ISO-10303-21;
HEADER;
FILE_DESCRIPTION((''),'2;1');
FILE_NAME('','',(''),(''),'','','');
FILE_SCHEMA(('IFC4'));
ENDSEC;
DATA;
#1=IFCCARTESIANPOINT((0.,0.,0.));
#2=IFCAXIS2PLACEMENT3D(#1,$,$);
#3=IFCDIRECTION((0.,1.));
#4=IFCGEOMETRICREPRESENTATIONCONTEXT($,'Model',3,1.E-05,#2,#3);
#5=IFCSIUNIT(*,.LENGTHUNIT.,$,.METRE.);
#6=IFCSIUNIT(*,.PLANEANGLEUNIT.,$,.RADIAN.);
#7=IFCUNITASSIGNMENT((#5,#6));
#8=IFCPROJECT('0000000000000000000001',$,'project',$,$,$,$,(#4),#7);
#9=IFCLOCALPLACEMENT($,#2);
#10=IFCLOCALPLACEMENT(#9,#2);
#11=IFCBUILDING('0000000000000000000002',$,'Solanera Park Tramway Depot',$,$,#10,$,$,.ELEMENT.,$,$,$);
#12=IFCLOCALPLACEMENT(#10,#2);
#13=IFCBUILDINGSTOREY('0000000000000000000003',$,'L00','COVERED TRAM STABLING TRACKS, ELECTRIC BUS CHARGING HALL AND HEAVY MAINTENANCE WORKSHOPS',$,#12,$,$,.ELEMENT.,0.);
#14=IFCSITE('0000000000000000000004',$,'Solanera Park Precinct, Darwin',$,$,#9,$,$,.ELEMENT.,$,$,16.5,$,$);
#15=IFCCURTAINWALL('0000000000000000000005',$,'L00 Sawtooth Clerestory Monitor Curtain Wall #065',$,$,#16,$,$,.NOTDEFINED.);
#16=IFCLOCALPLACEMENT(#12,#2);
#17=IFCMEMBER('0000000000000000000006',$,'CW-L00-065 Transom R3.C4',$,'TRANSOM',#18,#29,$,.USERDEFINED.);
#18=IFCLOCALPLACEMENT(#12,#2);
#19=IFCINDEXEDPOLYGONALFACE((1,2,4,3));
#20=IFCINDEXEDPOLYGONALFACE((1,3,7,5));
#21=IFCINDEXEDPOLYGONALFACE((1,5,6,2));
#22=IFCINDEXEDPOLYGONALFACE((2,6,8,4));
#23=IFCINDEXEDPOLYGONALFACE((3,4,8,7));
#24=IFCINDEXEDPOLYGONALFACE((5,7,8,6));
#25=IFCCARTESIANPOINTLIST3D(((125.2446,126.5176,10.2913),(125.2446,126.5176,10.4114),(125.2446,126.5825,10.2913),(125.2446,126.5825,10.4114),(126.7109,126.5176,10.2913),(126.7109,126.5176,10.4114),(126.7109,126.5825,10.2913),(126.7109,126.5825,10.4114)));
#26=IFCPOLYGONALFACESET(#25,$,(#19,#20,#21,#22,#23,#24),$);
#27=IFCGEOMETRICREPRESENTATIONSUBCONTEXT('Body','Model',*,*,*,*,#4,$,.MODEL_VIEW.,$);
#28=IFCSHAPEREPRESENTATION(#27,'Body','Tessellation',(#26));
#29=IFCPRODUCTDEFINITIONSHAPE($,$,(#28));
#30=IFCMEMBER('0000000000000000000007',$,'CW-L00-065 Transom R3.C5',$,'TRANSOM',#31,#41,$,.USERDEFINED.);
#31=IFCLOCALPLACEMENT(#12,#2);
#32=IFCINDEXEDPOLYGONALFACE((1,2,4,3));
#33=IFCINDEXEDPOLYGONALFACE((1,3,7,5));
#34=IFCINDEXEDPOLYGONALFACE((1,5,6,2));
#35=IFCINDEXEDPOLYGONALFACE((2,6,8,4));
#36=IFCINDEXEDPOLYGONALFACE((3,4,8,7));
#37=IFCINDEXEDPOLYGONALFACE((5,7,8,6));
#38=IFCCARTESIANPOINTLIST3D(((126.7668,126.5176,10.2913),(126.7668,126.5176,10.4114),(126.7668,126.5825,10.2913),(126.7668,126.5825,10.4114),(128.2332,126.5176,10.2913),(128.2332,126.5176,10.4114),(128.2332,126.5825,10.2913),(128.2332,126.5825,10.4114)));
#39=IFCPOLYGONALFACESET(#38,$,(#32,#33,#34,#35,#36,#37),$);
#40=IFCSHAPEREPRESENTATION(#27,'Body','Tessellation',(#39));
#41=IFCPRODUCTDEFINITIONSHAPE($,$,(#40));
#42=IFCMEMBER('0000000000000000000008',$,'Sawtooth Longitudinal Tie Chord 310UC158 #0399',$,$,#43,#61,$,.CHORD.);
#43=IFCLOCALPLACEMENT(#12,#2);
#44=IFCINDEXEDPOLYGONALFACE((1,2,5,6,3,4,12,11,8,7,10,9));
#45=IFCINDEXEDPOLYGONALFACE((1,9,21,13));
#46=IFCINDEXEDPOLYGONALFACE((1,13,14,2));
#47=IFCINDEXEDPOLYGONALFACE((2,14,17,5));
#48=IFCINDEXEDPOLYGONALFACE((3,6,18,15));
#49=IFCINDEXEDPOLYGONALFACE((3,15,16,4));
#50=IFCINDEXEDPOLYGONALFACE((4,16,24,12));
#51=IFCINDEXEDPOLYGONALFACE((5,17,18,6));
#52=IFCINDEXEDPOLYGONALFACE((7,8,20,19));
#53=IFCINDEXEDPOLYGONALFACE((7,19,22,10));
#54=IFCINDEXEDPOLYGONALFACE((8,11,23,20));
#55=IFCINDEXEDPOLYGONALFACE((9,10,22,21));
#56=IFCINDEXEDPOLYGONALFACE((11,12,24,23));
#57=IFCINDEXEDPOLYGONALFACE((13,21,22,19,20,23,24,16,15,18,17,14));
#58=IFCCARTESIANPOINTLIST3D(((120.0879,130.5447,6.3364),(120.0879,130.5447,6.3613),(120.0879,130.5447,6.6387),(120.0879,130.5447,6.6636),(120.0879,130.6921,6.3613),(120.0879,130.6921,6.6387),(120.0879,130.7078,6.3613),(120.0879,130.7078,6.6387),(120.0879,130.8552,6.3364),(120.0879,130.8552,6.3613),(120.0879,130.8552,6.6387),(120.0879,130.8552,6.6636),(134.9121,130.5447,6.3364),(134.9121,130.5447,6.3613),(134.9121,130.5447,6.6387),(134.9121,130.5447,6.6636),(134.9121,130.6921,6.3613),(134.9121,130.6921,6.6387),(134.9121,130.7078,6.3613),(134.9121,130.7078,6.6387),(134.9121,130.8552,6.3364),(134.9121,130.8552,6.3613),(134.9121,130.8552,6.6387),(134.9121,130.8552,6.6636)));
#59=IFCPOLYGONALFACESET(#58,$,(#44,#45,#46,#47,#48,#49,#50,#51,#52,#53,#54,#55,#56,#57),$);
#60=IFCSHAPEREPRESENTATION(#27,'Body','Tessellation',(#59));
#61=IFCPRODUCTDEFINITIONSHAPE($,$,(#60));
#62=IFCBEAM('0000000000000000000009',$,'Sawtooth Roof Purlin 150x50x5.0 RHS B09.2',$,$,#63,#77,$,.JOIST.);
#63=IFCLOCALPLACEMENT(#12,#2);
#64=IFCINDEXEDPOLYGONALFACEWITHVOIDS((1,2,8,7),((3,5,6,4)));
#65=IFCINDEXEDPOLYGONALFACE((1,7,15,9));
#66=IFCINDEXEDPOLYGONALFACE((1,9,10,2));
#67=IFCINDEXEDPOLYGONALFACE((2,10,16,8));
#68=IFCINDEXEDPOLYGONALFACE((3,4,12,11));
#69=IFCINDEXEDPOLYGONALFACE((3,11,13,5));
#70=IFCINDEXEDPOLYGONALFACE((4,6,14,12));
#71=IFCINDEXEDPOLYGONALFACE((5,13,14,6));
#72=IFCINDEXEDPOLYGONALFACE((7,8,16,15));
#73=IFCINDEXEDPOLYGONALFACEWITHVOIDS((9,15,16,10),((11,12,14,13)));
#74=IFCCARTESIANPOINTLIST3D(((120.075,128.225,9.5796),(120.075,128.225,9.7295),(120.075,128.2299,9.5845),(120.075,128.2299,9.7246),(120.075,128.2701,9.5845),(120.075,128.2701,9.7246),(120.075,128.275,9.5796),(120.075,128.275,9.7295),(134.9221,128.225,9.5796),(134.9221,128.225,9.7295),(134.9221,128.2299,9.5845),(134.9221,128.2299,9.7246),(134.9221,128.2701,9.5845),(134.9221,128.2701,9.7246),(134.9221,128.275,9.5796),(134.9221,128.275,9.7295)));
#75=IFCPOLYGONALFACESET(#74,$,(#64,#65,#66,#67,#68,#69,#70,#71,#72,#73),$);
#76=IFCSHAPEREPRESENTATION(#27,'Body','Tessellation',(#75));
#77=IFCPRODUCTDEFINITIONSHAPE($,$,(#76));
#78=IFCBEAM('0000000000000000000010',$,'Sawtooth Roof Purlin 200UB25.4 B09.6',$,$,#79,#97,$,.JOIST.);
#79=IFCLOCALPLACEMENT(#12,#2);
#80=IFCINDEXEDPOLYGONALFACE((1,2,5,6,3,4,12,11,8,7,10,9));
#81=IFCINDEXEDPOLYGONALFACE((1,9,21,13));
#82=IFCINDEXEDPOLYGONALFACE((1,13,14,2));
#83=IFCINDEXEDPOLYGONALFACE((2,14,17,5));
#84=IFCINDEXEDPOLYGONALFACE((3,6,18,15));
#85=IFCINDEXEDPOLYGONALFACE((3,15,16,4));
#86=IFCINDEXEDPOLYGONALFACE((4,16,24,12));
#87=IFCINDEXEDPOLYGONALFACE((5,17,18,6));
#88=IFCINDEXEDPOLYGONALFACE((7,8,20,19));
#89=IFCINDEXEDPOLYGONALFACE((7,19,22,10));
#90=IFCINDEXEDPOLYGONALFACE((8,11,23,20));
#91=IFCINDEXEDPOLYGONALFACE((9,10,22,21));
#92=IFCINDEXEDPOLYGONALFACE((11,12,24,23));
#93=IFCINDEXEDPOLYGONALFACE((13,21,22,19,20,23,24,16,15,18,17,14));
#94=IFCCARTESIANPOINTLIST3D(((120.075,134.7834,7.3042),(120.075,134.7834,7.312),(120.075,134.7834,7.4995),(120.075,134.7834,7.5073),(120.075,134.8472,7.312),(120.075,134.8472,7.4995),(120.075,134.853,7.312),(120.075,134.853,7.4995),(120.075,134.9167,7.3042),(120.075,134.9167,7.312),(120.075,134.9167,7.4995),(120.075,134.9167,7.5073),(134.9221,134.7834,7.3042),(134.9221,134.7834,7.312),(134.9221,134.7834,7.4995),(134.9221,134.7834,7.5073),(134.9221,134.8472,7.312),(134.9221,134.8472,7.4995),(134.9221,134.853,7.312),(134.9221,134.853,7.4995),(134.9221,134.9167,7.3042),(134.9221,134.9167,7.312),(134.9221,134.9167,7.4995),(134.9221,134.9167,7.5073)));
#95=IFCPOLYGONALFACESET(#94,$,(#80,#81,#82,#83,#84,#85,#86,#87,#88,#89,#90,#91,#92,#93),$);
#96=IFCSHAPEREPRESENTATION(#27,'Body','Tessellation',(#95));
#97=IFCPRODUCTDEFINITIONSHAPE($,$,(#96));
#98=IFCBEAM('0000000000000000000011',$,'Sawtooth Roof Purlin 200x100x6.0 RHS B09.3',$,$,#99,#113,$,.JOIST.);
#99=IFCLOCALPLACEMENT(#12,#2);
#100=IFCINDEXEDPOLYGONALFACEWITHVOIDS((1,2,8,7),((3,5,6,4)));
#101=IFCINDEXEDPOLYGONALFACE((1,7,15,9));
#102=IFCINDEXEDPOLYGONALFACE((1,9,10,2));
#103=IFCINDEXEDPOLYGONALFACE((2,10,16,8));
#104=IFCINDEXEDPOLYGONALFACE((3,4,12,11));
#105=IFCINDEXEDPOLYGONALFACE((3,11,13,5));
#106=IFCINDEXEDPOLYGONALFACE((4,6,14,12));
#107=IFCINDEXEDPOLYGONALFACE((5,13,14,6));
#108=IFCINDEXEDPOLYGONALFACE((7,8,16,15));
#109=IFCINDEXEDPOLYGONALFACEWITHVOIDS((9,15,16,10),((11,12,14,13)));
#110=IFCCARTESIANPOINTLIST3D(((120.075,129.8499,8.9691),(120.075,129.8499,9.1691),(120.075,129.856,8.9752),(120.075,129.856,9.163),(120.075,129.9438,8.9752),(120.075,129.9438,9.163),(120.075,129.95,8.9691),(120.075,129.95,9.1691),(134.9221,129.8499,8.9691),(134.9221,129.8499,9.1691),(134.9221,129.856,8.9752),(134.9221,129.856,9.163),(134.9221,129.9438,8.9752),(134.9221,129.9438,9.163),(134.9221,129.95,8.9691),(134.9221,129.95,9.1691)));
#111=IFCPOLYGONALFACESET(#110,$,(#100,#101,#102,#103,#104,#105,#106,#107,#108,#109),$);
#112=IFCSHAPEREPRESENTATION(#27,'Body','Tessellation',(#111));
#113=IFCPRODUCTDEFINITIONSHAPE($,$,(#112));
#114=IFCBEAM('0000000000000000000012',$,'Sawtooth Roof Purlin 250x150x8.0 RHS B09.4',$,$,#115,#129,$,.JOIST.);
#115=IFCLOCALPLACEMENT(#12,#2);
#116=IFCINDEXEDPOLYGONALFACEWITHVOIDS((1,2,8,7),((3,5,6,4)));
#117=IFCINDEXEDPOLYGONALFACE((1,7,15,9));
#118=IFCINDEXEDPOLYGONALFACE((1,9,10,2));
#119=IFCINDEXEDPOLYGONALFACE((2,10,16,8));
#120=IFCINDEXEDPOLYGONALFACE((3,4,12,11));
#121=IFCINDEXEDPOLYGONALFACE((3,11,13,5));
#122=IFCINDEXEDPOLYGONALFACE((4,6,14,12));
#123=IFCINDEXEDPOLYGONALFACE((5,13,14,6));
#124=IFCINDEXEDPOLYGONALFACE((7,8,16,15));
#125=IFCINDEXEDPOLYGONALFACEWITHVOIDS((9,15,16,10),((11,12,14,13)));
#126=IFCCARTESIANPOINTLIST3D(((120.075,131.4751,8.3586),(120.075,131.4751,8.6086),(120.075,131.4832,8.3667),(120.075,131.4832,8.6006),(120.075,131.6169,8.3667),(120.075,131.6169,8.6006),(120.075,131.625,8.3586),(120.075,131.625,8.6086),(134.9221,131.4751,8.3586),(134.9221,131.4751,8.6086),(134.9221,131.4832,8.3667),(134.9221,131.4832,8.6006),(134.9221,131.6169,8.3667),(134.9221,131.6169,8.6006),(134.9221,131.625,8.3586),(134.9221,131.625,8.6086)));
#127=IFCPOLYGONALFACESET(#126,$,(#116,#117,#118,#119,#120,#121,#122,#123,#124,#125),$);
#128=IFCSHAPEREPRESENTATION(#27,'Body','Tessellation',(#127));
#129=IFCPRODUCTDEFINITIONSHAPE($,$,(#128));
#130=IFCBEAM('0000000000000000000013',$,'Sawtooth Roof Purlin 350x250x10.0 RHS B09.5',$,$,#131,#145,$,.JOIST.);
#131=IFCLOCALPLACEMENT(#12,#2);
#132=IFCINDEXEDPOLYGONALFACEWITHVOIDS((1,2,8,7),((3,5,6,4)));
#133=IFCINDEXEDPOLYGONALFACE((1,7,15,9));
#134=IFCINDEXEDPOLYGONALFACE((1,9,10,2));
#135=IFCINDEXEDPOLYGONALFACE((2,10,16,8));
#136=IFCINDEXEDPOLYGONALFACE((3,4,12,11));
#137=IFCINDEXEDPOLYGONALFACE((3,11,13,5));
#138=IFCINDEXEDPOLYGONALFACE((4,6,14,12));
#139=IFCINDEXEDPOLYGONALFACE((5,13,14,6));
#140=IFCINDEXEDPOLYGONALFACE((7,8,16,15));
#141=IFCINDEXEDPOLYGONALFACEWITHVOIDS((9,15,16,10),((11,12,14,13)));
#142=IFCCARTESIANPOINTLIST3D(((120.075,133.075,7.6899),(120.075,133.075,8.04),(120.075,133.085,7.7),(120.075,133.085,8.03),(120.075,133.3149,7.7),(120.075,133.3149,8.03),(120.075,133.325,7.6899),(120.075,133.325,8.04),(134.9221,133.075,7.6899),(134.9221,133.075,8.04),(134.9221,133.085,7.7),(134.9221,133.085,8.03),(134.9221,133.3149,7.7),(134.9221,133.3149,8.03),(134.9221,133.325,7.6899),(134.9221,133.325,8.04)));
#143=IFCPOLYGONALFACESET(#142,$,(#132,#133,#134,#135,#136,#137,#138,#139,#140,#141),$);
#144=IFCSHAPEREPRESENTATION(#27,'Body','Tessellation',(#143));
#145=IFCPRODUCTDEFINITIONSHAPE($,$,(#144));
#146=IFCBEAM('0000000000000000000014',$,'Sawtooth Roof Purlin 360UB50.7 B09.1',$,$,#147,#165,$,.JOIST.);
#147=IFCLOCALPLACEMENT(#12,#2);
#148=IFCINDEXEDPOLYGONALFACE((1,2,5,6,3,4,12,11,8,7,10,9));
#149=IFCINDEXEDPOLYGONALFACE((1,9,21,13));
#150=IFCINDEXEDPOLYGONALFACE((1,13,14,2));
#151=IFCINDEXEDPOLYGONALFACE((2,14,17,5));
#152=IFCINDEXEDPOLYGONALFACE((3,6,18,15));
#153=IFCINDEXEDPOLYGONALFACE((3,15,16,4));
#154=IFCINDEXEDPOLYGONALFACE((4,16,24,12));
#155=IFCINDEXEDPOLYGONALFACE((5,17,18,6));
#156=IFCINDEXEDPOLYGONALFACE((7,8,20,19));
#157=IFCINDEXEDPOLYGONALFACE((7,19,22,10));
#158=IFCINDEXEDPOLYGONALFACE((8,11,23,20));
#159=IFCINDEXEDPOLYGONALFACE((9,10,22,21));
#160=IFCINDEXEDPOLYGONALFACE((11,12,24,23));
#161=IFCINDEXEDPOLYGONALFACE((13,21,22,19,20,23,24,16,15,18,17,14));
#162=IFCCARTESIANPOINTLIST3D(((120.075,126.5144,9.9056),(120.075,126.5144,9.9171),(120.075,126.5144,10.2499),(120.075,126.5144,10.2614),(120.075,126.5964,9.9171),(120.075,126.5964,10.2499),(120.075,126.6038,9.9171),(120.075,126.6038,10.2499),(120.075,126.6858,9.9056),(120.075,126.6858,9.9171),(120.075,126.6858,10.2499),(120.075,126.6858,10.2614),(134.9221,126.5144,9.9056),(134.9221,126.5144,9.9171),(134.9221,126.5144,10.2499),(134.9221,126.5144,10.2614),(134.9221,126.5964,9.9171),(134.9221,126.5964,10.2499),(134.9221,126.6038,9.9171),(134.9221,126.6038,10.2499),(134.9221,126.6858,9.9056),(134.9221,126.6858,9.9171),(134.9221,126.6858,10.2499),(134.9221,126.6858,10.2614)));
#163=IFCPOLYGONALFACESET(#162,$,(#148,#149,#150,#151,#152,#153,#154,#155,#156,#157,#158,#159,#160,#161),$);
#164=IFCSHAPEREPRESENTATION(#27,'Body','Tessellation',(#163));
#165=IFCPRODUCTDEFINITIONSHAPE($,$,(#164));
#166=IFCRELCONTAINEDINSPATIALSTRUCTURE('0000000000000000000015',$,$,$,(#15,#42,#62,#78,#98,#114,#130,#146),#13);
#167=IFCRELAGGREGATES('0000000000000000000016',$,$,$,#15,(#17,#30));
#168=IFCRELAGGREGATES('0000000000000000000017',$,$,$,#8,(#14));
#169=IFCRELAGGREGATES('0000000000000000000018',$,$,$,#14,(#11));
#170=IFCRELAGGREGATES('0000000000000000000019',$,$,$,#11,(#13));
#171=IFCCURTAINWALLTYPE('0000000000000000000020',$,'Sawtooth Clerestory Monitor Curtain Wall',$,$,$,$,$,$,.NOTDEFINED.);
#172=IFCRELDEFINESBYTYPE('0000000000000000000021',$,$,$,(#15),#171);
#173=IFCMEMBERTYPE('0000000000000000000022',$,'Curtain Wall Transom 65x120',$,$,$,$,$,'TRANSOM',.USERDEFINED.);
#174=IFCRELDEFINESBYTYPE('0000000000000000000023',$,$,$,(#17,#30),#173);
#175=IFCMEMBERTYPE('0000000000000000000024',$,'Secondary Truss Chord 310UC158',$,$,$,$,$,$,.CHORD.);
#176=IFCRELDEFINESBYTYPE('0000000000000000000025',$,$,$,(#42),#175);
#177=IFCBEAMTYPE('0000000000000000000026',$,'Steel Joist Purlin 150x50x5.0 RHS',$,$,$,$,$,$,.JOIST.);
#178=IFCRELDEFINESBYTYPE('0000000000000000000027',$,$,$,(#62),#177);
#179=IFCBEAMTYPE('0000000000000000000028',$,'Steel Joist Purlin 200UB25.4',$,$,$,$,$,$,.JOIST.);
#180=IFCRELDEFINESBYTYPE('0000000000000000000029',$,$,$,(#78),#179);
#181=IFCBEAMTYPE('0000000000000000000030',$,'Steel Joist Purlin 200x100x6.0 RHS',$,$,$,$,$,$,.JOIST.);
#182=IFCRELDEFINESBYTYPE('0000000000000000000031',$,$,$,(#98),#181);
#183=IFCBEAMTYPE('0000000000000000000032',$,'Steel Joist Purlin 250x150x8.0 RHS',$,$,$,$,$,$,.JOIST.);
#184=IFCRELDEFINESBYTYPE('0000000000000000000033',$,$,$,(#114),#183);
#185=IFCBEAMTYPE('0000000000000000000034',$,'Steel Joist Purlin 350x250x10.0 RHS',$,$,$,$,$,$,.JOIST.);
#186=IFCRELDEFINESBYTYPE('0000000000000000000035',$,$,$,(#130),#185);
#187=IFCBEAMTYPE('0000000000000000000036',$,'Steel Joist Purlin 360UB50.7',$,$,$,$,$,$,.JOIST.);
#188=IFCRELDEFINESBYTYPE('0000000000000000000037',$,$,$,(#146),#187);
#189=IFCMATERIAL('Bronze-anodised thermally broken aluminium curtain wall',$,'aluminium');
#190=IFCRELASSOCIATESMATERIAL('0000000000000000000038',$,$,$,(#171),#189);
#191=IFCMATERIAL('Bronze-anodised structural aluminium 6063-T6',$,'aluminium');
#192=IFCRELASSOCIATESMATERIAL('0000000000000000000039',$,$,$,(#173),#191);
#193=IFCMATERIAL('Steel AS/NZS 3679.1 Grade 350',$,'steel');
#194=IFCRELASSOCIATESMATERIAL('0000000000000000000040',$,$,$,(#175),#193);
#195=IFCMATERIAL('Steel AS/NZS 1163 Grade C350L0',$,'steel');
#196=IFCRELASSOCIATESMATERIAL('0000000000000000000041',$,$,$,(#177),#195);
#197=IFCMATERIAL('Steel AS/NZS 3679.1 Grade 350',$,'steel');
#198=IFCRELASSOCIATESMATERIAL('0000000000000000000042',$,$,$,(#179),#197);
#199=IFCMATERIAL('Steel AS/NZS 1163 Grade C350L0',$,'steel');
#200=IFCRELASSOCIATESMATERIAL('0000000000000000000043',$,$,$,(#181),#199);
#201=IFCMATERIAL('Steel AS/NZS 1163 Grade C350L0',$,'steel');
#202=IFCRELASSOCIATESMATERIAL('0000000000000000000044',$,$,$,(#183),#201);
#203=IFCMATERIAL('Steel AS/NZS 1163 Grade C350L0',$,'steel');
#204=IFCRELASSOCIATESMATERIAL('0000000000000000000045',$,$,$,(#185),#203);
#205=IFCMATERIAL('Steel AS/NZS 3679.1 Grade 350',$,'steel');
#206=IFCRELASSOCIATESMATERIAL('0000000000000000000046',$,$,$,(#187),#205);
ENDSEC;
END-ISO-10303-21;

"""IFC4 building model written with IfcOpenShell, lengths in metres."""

from ifc_helpers import new_model, si_unit, direction, frame, origin, origin_2d, place, context, subcontext, project, spatial, rectangle, hollow_rectangle, i_section, extrude, material, material_profile, profile_set, type_object, element, aggregate, save


model = new_model("IFC4")

# Units and contexts
model_context = context("Model", 3, precision=1e-05, world=origin(), true_north=direction((0.0, 1.0)))
body_context = subcontext(model_context, "Body", "Model", "MODEL_VIEW")
ifc_project = project(units=[si_unit("LENGTHUNIT", "METRE"), si_unit("PLANEANGLEUNIT", "RADIAN")], contexts=[model_context])

# Site, building, storey
site_placement = place(None, origin())
site = spatial("IfcSite", under=ifc_project, at=site_placement, Name="Solanera Park Precinct, Darwin", CompositionType="ELEMENT", RefElevation=16.5)
building_placement = place(site_placement, origin())
building = spatial("IfcBuilding", under=site, at=building_placement, Name="Solanera Park Tramway Depot", CompositionType="ELEMENT")
storey_placement = place(building_placement, origin())
storey = spatial("IfcBuildingStorey", under=building, at=storey_placement, Name="L00", Description="COVERED TRAM STABLING TRACKS, ELECTRIC BUS CHARGING HALL AND HEAVY MAINTENANCE WORKSHOPS", CompositionType="ELEMENT", Elevation=0.0)

# Curtain wall, members
ifc_material_1 = material(Name="Bronze-anodised thermally broken aluminium curtain wall", Category="aluminium")
curtain_wall_type = type_object("IfcCurtainWallType", Name="Sawtooth Clerestory Monitor Curtain Wall", PredefinedType="NOTDEFINED", material=ifc_material_1)
curtain_wall_placement = place(storey_placement, origin())
curtain_wall = element("IfcCurtainWall", 1, at=curtain_wall_placement, inside=storey, type_object=curtain_wall_type, Name="L00 Sawtooth Clerestory Monitor Curtain Wall #065", PredefinedType="NOTDEFINED")
ifc_material_2 = material(Name="Bronze-anodised structural aluminium 6063-T6", Category="aluminium")
ifc_material_profile_1 = material_profile(ifc_material_2, rectangle(XDim=0.0649, YDim=0.1201, at=origin_2d()), Name="Curtain Wall Transom 65x120")
ifc_profile_set_1 = profile_set([ifc_material_profile_1], Name="Bronze-anodised structural aluminium 6063-T6")
member_type_1 = type_object("IfcMemberType", Name="Curtain Wall Transom 65x120", ElementType="TRANSOM", PredefinedType="USERDEFINED", material=ifc_profile_set_1)
member_1_placement = place(storey_placement, frame((125.2446, 126.55, 10.3513), z_axis=(1.0, 0.0, 0.0), x_axis=(0.0, 1.0, 0.0)))
member_1 = element("IfcMember", 2, at=member_1_placement, type_object=member_type_1, Name="CW-L00-065 Transom R3.C4", ObjectType="TRANSOM", PredefinedType="USERDEFINED", context=body_context, shape_type="SweptSolid", body=[
    extrude(rectangle(XDim=0.0649, YDim=0.1201, at=origin_2d()), origin(), (0.0, 0.0, 1.0), 1.4663),
])
member_2_placement = place(storey_placement, frame((126.7668, 126.55, 10.3513), z_axis=(1.0, 0.0, 0.0), x_axis=(0.0, 1.0, 0.0)))
member_2 = element("IfcMember", 3, at=member_2_placement, type_object=member_type_1, Name="CW-L00-065 Transom R3.C5", ObjectType="TRANSOM", PredefinedType="USERDEFINED", context=body_context, shape_type="SweptSolid", body=[
    extrude(rectangle(XDim=0.0649, YDim=0.1201, at=origin_2d()), origin(), (0.0, 0.0, 1.0), 1.4663),
])

# Member
ifc_material_3 = material(Name="Steel AS/NZS 3679.1 Grade 350", Category="steel")
ifc_material_profile_2 = material_profile(ifc_material_3, i_section(OverallWidth=0.3105, OverallDepth=0.3271, WebThickness=0.0156, FlangeThickness=0.0249, at=origin_2d()), Name="310UC158")
ifc_profile_set_2 = profile_set([ifc_material_profile_2], Name="Steel AS/NZS 3679.1 Grade 350")
member_type_2 = type_object("IfcMemberType", Name="Secondary Truss Chord 310UC158", PredefinedType="CHORD", material=ifc_profile_set_2)
member_3_placement = place(storey_placement, frame((120.0879, 130.7, 6.5), z_axis=(1.0, 0.0, 0.0), x_axis=(0.0, 1.0, 0.0)))
element("IfcMember", 4, at=member_3_placement, inside=storey, type_object=member_type_2, Name="Sawtooth Longitudinal Tie Chord 310UC158 #0399", PredefinedType="CHORD", context=body_context, shape_type="SweptSolid", body=[
    extrude(i_section(OverallWidth=0.3105, OverallDepth=0.3271, WebThickness=0.0156, FlangeThickness=0.0249, at=origin_2d()), origin(), (0.0, 0.0, 1.0), 14.8242),
])

# Beams
ifc_material_4 = material(Name="Steel AS/NZS 1163 Grade C350L0", Category="steel")
ifc_material_profile_3 = material_profile(ifc_material_4, hollow_rectangle(XDim=0.05, YDim=0.1499, WallThickness=0.0049, at=origin_2d()), Name="150x50x5.0 RHS")
ifc_profile_set_3 = profile_set([ifc_material_profile_3], Name="Steel AS/NZS 1163 Grade C350L0")
beam_type_1 = type_object("IfcBeamType", Name="Steel Joist Purlin 150x50x5.0 RHS", PredefinedType="JOIST", material=ifc_profile_set_3)
beam_1_placement = place(storey_placement, frame((120.075, 128.25, 9.6545), z_axis=(1.0, 0.0, 0.0), x_axis=(0.0, 1.0, 0.0)))
element("IfcBeam", 5, at=beam_1_placement, inside=storey, type_object=beam_type_1, Name="Sawtooth Roof Purlin 150x50x5.0 RHS B09.2", PredefinedType="JOIST", context=body_context, shape_type="SweptSolid", body=[
    extrude(hollow_rectangle(XDim=0.05, YDim=0.1499, WallThickness=0.0049, at=origin_2d()), origin(), (0.0, 0.0, 1.0), 14.8472),
])
ifc_material_5 = material(Name="Steel AS/NZS 3679.1 Grade 350", Category="steel")
ifc_material_profile_4 = material_profile(ifc_material_5, i_section(OverallWidth=0.1333, OverallDepth=0.2031, WebThickness=0.0059, FlangeThickness=0.0078, at=origin_2d()), Name="200UB25.4")
ifc_profile_set_4 = profile_set([ifc_material_profile_4], Name="Steel AS/NZS 3679.1 Grade 350")
beam_type_2 = type_object("IfcBeamType", Name="Steel Joist Purlin 200UB25.4", PredefinedType="JOIST", material=ifc_profile_set_4)
beam_2_placement = place(storey_placement, frame((120.075, 134.8501, 7.4058), z_axis=(1.0, 0.0, 0.0), x_axis=(0.0, 1.0, 0.0)))
element("IfcBeam", 6, at=beam_2_placement, inside=storey, type_object=beam_type_2, Name="Sawtooth Roof Purlin 200UB25.4 B09.6", PredefinedType="JOIST", context=body_context, shape_type="SweptSolid", body=[
    extrude(i_section(OverallWidth=0.1333, OverallDepth=0.2031, WebThickness=0.0059, FlangeThickness=0.0078, at=origin_2d()), origin(), (0.0, 0.0, 1.0), 14.8472),
])
ifc_material_6 = material(Name="Steel AS/NZS 1163 Grade C350L0", Category="steel")
ifc_material_profile_5 = material_profile(ifc_material_6, hollow_rectangle(XDim=0.1001, YDim=0.2, WallThickness=0.0061, at=origin_2d()), Name="200x100x6.0 RHS")
ifc_profile_set_5 = profile_set([ifc_material_profile_5], Name="Steel AS/NZS 1163 Grade C350L0")
beam_type_3 = type_object("IfcBeamType", Name="Steel Joist Purlin 200x100x6.0 RHS", PredefinedType="JOIST", material=ifc_profile_set_5)
beam_3_placement = place(storey_placement, frame((120.075, 129.8999, 9.0691), z_axis=(1.0, 0.0, 0.0), x_axis=(0.0, 1.0, 0.0)))
element("IfcBeam", 7, at=beam_3_placement, inside=storey, type_object=beam_type_3, Name="Sawtooth Roof Purlin 200x100x6.0 RHS B09.3", PredefinedType="JOIST", context=body_context, shape_type="SweptSolid", body=[
    extrude(hollow_rectangle(XDim=0.1001, YDim=0.2, WallThickness=0.0061, at=origin_2d()), origin(), (0.0, 0.0, 1.0), 14.8472),
])
ifc_material_7 = material(Name="Steel AS/NZS 1163 Grade C350L0", Category="steel")
ifc_material_profile_6 = material_profile(ifc_material_7, hollow_rectangle(XDim=0.1499, YDim=0.25, WallThickness=0.0081, at=origin_2d()), Name="250x150x8.0 RHS")
ifc_profile_set_6 = profile_set([ifc_material_profile_6], Name="Steel AS/NZS 1163 Grade C350L0")
beam_type_4 = type_object("IfcBeamType", Name="Steel Joist Purlin 250x150x8.0 RHS", PredefinedType="JOIST", material=ifc_profile_set_6)
beam_4_placement = place(storey_placement, frame((120.075, 131.55, 8.4836), z_axis=(1.0, 0.0, 0.0), x_axis=(0.0, 1.0, 0.0)))
element("IfcBeam", 8, at=beam_4_placement, inside=storey, type_object=beam_type_4, Name="Sawtooth Roof Purlin 250x150x8.0 RHS B09.4", PredefinedType="JOIST", context=body_context, shape_type="SweptSolid", body=[
    extrude(hollow_rectangle(XDim=0.1499, YDim=0.25, WallThickness=0.0081, at=origin_2d()), origin(), (0.0, 0.0, 1.0), 14.8472),
])
ifc_material_8 = material(Name="Steel AS/NZS 1163 Grade C350L0", Category="steel")
ifc_material_profile_7 = material_profile(ifc_material_8, hollow_rectangle(XDim=0.25, YDim=0.3501, WallThickness=0.01, at=origin_2d()), Name="350x250x10.0 RHS")
ifc_profile_set_7 = profile_set([ifc_material_profile_7], Name="Steel AS/NZS 1163 Grade C350L0")
beam_type_5 = type_object("IfcBeamType", Name="Steel Joist Purlin 350x250x10.0 RHS", PredefinedType="JOIST", material=ifc_profile_set_7)
beam_5_placement = place(storey_placement, frame((120.075, 133.2, 7.865), z_axis=(1.0, 0.0, 0.0), x_axis=(0.0, 1.0, 0.0)))
element("IfcBeam", 9, at=beam_5_placement, inside=storey, type_object=beam_type_5, Name="Sawtooth Roof Purlin 350x250x10.0 RHS B09.5", PredefinedType="JOIST", context=body_context, shape_type="SweptSolid", body=[
    extrude(hollow_rectangle(XDim=0.25, YDim=0.3501, WallThickness=0.01, at=origin_2d()), origin(), (0.0, 0.0, 1.0), 14.8472),
])
ifc_material_9 = material(Name="Steel AS/NZS 3679.1 Grade 350", Category="steel")
ifc_material_profile_8 = material_profile(ifc_material_9, i_section(OverallWidth=0.1714, OverallDepth=0.3557, WebThickness=0.0073, FlangeThickness=0.0115, at=origin_2d()), Name="360UB50.7")
ifc_profile_set_8 = profile_set([ifc_material_profile_8], Name="Steel AS/NZS 3679.1 Grade 350")
beam_type_6 = type_object("IfcBeamType", Name="Steel Joist Purlin 360UB50.7", PredefinedType="JOIST", material=ifc_profile_set_8)
beam_6_placement = place(storey_placement, frame((120.075, 126.6001, 10.0835), z_axis=(1.0, 0.0, 0.0), x_axis=(0.0, 1.0, 0.0)))
element("IfcBeam", 10, at=beam_6_placement, inside=storey, type_object=beam_type_6, Name="Sawtooth Roof Purlin 360UB50.7 B09.1", PredefinedType="JOIST", context=body_context, shape_type="SweptSolid", body=[
    extrude(i_section(OverallWidth=0.1714, OverallDepth=0.3557, WebThickness=0.0073, FlangeThickness=0.0115, at=origin_2d()), origin(), (0.0, 0.0, 1.0), 14.8472),
])

aggregate(curtain_wall, [member_1, member_2])

save(model, "model.ifc")
